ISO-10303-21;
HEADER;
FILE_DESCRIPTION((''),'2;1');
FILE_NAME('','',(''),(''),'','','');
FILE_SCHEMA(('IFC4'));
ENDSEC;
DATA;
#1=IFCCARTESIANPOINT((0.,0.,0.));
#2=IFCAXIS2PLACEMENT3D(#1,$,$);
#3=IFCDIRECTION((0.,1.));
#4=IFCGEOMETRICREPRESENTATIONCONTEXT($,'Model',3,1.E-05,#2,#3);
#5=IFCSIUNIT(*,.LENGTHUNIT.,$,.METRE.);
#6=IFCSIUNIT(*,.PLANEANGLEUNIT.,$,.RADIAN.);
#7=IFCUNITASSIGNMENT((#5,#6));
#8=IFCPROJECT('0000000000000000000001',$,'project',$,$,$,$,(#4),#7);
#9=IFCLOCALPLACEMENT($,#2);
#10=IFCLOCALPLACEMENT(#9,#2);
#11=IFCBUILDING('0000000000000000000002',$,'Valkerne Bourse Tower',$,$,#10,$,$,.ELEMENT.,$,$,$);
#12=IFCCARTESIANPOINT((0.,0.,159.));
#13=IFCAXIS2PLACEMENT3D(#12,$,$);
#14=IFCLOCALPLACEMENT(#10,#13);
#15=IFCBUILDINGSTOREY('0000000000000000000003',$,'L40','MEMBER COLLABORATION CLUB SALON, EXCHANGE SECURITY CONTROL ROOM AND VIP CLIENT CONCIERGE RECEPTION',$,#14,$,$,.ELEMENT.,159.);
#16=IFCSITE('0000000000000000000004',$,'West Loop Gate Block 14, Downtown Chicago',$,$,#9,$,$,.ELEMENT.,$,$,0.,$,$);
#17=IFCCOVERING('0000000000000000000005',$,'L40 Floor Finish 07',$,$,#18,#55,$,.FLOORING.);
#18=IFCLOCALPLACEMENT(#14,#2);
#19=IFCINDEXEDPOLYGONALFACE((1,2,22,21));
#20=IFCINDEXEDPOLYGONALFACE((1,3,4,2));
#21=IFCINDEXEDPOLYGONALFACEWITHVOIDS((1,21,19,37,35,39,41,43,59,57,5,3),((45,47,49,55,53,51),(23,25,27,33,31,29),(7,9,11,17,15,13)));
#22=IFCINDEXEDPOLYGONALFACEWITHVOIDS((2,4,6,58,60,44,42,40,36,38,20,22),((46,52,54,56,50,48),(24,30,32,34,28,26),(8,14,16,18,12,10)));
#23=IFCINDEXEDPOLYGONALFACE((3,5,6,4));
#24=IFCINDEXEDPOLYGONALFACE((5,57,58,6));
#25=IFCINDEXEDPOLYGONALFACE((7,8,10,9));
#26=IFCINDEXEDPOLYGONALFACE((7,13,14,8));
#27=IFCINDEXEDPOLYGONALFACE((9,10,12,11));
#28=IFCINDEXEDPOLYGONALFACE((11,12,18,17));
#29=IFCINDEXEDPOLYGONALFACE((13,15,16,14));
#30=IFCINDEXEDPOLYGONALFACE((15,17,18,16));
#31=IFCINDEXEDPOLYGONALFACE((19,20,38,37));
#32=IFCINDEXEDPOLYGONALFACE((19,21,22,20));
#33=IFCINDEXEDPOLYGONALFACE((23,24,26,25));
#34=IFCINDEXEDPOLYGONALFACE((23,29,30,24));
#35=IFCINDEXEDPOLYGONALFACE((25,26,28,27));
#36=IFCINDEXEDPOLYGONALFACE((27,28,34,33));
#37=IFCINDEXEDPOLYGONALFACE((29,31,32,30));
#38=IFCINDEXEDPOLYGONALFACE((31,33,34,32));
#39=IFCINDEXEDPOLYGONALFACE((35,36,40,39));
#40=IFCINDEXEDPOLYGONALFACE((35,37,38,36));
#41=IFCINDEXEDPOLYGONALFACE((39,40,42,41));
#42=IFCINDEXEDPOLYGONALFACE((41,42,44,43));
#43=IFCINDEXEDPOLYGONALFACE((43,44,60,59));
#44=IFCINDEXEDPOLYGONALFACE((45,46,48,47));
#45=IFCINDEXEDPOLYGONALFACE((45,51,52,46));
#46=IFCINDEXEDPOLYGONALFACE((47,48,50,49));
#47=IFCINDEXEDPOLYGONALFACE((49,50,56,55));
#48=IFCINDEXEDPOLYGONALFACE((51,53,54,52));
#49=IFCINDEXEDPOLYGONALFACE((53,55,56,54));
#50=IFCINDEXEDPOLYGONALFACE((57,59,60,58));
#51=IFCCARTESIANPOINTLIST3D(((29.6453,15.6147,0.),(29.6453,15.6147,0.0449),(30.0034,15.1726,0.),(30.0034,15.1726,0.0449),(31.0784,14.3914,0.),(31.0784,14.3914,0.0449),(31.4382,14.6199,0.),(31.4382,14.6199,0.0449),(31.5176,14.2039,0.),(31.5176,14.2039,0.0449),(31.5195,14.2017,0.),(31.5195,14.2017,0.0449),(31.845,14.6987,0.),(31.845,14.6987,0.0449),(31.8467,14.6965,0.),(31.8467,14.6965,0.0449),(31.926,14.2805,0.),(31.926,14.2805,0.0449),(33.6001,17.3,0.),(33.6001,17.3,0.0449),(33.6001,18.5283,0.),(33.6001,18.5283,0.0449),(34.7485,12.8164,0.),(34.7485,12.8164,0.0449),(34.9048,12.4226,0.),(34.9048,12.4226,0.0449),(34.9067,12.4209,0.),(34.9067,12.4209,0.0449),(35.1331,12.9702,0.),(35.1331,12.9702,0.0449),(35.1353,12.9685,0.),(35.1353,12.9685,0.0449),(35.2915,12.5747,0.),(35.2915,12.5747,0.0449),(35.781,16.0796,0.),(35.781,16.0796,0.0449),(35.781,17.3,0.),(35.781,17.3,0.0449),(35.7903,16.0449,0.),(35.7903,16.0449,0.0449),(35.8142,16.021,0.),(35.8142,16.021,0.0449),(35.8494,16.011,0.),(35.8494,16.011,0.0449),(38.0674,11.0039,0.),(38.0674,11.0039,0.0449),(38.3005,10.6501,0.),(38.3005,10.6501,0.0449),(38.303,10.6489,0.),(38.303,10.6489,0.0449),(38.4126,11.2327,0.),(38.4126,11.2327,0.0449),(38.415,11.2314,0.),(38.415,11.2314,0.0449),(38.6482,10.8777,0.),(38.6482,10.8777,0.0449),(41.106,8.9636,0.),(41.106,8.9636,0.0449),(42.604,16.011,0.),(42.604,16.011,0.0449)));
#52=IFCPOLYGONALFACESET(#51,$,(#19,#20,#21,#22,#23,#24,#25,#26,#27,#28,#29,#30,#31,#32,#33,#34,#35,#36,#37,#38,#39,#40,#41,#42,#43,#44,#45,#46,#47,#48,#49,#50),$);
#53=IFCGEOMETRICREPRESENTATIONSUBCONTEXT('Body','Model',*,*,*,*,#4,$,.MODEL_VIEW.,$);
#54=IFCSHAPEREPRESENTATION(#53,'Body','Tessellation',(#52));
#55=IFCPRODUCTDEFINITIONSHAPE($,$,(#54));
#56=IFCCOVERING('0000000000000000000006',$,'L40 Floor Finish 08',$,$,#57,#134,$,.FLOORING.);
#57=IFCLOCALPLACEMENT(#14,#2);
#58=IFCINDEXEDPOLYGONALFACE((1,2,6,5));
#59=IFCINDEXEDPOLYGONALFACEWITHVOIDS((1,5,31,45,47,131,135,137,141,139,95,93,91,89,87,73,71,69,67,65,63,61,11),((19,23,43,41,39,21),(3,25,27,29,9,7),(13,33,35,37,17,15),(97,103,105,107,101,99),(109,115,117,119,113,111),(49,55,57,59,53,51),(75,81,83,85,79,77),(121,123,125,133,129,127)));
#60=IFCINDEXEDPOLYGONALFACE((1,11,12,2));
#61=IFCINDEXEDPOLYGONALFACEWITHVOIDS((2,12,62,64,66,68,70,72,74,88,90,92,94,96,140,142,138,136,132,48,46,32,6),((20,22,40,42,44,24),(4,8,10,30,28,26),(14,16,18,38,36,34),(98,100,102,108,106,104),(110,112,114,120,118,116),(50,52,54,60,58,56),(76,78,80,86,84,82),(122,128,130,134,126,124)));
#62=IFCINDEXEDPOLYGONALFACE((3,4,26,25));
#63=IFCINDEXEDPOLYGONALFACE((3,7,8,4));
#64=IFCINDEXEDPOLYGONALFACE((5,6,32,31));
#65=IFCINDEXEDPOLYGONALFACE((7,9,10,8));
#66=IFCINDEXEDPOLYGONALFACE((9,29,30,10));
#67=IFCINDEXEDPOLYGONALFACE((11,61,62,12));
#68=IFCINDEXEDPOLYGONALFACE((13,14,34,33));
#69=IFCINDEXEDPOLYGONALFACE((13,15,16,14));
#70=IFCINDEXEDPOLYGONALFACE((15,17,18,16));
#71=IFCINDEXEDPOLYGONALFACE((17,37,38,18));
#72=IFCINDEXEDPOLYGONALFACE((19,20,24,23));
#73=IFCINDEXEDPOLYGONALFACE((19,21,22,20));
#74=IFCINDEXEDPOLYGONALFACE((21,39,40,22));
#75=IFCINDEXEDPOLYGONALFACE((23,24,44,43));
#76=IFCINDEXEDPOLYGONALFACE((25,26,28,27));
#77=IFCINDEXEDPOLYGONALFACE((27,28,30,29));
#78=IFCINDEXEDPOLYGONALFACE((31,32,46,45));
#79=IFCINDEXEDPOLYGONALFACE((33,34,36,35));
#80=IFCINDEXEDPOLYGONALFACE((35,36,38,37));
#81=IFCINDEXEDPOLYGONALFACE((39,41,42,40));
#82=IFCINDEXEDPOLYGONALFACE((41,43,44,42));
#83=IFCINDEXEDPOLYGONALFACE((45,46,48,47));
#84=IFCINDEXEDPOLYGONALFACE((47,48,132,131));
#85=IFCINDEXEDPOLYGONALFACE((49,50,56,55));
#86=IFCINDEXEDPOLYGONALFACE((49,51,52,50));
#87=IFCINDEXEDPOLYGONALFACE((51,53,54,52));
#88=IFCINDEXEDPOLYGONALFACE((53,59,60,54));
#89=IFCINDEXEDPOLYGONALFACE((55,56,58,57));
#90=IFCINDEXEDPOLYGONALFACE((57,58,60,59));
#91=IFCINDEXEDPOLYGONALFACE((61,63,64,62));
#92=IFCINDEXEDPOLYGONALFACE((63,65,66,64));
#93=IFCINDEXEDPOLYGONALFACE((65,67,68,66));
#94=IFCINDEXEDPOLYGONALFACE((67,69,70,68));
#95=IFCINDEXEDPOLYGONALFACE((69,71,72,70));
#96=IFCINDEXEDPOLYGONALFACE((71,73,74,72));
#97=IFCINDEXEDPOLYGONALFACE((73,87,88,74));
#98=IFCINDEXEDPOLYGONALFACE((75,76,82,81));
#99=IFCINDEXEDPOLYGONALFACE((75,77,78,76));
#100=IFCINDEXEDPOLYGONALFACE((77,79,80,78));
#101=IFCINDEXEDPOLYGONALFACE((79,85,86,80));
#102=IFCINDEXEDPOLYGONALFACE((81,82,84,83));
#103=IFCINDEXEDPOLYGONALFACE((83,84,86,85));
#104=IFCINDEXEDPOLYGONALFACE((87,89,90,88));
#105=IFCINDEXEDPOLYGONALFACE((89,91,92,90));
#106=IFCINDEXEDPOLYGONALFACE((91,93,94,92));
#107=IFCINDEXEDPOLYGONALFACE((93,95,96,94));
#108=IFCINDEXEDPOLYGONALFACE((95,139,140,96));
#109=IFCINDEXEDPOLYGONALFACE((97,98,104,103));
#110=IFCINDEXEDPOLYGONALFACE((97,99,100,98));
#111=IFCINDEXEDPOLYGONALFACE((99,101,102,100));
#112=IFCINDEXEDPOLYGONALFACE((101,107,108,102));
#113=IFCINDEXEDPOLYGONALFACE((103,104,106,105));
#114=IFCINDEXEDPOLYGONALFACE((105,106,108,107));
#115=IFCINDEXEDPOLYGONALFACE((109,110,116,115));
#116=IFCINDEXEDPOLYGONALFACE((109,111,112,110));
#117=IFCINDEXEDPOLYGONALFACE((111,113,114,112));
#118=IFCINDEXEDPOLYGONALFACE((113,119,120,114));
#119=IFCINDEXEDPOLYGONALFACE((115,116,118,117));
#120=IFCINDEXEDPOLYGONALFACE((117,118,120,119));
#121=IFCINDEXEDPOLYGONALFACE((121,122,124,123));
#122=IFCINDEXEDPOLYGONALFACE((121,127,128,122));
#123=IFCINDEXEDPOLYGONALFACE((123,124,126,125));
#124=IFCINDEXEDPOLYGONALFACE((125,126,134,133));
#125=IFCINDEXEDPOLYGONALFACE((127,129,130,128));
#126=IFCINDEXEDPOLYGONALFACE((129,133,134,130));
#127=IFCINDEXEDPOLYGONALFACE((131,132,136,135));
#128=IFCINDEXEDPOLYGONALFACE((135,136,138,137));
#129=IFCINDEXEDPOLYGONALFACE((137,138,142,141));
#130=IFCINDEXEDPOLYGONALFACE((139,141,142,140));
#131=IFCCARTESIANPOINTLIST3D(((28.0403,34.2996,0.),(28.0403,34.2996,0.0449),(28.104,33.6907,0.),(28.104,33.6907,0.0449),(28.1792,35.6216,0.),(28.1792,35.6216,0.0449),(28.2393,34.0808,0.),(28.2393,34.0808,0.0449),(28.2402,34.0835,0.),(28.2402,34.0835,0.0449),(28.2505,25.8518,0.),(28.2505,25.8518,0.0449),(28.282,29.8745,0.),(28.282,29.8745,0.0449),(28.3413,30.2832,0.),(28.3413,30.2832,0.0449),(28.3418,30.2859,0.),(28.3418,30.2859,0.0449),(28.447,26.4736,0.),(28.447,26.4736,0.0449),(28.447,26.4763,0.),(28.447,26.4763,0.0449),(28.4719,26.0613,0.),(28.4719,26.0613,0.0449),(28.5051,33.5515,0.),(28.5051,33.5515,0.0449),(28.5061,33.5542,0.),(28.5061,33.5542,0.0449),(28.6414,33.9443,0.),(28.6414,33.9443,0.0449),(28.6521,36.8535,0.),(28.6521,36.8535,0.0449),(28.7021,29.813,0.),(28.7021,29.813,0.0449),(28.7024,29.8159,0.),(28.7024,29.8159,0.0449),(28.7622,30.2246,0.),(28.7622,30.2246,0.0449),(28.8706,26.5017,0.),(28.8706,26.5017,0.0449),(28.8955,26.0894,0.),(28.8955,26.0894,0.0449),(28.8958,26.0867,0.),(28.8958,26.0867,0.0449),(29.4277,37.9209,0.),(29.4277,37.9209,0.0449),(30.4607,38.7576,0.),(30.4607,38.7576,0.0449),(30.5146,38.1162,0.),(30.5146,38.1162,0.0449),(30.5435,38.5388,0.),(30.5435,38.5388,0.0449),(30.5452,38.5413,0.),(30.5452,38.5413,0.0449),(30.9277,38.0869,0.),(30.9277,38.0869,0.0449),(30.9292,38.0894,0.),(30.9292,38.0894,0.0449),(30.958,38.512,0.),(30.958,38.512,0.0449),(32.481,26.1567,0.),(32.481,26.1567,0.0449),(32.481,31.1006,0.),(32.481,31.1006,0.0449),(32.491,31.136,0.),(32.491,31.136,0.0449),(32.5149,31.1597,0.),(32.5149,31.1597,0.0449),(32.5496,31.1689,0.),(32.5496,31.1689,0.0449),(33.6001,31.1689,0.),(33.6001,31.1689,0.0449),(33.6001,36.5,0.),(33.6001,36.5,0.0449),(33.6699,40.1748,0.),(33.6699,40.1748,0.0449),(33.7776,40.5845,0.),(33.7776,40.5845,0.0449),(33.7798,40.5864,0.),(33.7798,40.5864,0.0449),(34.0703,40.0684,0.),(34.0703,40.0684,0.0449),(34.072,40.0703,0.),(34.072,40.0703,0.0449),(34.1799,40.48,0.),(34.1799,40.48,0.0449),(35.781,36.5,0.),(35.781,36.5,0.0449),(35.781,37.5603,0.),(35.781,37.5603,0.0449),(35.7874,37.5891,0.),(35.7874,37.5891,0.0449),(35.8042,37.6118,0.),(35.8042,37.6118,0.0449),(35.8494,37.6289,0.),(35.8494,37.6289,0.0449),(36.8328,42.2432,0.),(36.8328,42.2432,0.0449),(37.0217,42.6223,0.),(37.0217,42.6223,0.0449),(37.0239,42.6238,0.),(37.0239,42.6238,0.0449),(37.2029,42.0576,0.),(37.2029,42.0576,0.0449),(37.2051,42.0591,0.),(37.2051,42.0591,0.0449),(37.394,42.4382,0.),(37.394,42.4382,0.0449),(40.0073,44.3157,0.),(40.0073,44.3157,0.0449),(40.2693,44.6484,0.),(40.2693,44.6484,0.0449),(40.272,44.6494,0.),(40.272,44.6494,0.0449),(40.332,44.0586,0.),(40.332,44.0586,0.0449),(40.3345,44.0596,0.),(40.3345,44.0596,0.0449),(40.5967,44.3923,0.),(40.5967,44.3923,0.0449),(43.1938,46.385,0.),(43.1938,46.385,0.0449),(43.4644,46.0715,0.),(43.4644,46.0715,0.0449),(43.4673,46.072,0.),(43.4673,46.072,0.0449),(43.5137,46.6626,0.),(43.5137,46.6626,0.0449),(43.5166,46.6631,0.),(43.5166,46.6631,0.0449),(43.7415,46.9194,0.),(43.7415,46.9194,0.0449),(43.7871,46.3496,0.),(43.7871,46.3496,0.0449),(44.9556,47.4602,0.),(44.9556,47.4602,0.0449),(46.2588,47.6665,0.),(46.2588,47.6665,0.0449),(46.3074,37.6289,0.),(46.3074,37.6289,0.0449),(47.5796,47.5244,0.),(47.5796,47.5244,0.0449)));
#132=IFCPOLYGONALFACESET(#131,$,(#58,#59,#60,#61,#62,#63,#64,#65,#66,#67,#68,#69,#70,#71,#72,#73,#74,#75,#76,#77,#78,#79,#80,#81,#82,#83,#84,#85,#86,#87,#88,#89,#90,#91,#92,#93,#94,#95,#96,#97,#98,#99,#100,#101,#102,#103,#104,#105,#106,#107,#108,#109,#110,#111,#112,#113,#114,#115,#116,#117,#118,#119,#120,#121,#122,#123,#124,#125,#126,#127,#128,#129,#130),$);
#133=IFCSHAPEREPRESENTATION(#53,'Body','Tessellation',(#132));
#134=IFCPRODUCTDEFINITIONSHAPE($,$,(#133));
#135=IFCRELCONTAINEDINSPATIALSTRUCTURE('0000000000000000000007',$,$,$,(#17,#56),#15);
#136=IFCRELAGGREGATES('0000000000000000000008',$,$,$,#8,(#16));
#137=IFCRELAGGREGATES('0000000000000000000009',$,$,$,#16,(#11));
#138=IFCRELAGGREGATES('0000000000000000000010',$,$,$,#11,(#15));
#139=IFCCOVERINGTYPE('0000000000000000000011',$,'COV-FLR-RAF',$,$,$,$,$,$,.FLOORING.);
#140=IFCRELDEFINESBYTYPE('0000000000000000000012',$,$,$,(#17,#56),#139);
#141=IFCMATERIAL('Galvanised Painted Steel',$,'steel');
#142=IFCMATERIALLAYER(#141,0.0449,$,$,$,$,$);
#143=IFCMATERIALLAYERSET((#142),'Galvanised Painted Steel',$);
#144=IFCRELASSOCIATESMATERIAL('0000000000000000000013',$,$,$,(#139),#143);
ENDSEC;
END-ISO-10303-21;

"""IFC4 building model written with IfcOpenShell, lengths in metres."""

from ifc_helpers import new_model, si_unit, direction, frame, origin, place, context, subcontext, project, spatial, polyline, outline, extrude, material, layer, layer_set, type_object, element, save


model = new_model("IFC4")

# Units and contexts
model_context = context("Model", 3, precision=1e-05, world=origin(), true_north=direction((0.0, 1.0)))
body_context = subcontext(model_context, "Body", "Model", "MODEL_VIEW")
ifc_project = project(units=[si_unit("LENGTHUNIT", "METRE"), si_unit("PLANEANGLEUNIT", "RADIAN")], contexts=[model_context])

# Site, building, storey
site_placement = place(None, origin())
site = spatial("IfcSite", under=ifc_project, at=site_placement, Name="West Loop Gate Block 14, Downtown Chicago", CompositionType="ELEMENT", RefElevation=0.0)
building_placement = place(site_placement, origin())
building = spatial("IfcBuilding", under=site, at=building_placement, Name="Valkerne Bourse Tower", CompositionType="ELEMENT")
storey_placement = place(building_placement, frame((0.0, 0.0, 159.0)))
storey = spatial("IfcBuildingStorey", under=building, at=storey_placement, Name="L40", Description="MEMBER COLLABORATION CLUB SALON, EXCHANGE SECURITY CONTROL ROOM AND VIP CLIENT CONCIERGE RECEPTION", CompositionType="ELEMENT", Elevation=159.0)

# Coverings
ifc_material_1 = material(Name="Galvanised Painted Steel", Category="steel")
ifc_layer_1 = layer(ifc_material_1, 0.0449)
ifc_layer_set_1 = layer_set([ifc_layer_1], Name="Galvanised Painted Steel")
covering_type_1 = type_object("IfcCoveringType", Name="COV-FLR-RAF", PredefinedType="FLOORING", material=ifc_layer_set_1)
covering_1_placement = place(storey_placement, origin())
element("IfcCovering", 1, at=covering_1_placement, inside=storey, type_object=covering_type_1, Name="L40 Floor Finish 07", PredefinedType="FLOORING", context=body_context, shape_type="SweptSolid", body=[
    extrude(outline(polyline([(29.6453, 15.6147), (33.6001, 18.5283), (33.6001, 17.3), (35.781, 17.3), (35.781, 16.0796), (35.7903, 16.0449), (35.8142, 16.021), (35.8494, 16.011), (42.604, 16.011), (41.106, 8.9636), (31.0784, 14.3914), (30.0034, 15.1726), (29.6453, 15.6147)]), holes=[polyline([(38.415, 11.2314), (38.4126, 11.2327), (38.0674, 11.0039), (38.3005, 10.6501), (38.303, 10.6489), (38.6482, 10.8777), (38.415, 11.2314)]), polyline([(35.1353, 12.9685), (35.1331, 12.9702), (34.7485, 12.8164), (34.9048, 12.4226), (34.9067, 12.4209), (35.2915, 12.5747), (35.1353, 12.9685)]), polyline([(31.926, 14.2805), (31.8467, 14.6965), (31.845, 14.6987), (31.4382, 14.6199), (31.5176, 14.2039), (31.5195, 14.2017), (31.926, 14.2805)])]), origin(), (0.0, 0.0, 1.0), 0.0449),
])
covering_2_placement = place(storey_placement, origin())
element("IfcCovering", 2, at=covering_2_placement, inside=storey, type_object=covering_type_1, Name="L40 Floor Finish 08", PredefinedType="FLOORING", context=body_context, shape_type="SweptSolid", body=[
    extrude(outline(polyline([(28.6521, 36.8535), (29.4277, 37.9209), (30.4607, 38.7576), (43.7415, 46.9194), (44.9556, 47.4602), (46.2588, 47.6665), (47.5796, 47.5244), (46.3074, 37.6289), (35.8494, 37.6289), (35.8042, 37.6118), (35.7874, 37.5891), (35.781, 37.5603), (35.781, 36.5), (33.6001, 36.5), (33.6001, 31.1689), (32.5496, 31.1689), (32.5149, 31.1597), (32.491, 31.136), (32.481, 31.1006), (32.481, 26.1567), (28.2505, 25.8518), (28.0403, 34.2996), (28.1792, 35.6216), (28.6521, 36.8535)]), holes=[polyline([(28.8955, 26.0894), (28.8706, 26.5017), (28.447, 26.4763), (28.447, 26.4736), (28.4719, 26.0613), (28.8958, 26.0867), (28.8955, 26.0894)]), polyline([(28.7024, 29.8159), (28.7622, 30.2246), (28.3418, 30.2859), (28.3413, 30.2832), (28.282, 29.8745), (28.7021, 29.813), (28.7024, 29.8159)]), polyline([(28.6414, 33.9443), (28.2402, 34.0835), (28.2393, 34.0808), (28.104, 33.6907), (28.5051, 33.5515), (28.5061, 33.5542), (28.6414, 33.9443)]), polyline([(30.958, 38.512), (30.5452, 38.5413), (30.5435, 38.5388), (30.5146, 38.1162), (30.9277, 38.0869), (30.9292, 38.0894), (30.958, 38.512)]), polyline([(34.1799, 40.48), (33.7798, 40.5864), (33.7776, 40.5845), (33.6699, 40.1748), (34.0703, 40.0684), (34.072, 40.0703), (34.1799, 40.48)]), polyline([(37.2051, 42.0591), (37.394, 42.4382), (37.0239, 42.6238), (37.0217, 42.6223), (36.8328, 42.2432), (37.2029, 42.0576), (37.2051, 42.0591)]), polyline([(40.3345, 44.0596), (40.5967, 44.3923), (40.272, 44.6494), (40.2693, 44.6484), (40.0073, 44.3157), (40.332, 44.0586), (40.3345, 44.0596)]), polyline([(43.7871, 46.3496), (43.5166, 46.6631), (43.5137, 46.6626), (43.1938, 46.385), (43.4644, 46.0715), (43.4673, 46.072), (43.7871, 46.3496)])]), origin(), (0.0, 0.0, 1.0), 0.0449),
])

save(model, "model.ifc")
